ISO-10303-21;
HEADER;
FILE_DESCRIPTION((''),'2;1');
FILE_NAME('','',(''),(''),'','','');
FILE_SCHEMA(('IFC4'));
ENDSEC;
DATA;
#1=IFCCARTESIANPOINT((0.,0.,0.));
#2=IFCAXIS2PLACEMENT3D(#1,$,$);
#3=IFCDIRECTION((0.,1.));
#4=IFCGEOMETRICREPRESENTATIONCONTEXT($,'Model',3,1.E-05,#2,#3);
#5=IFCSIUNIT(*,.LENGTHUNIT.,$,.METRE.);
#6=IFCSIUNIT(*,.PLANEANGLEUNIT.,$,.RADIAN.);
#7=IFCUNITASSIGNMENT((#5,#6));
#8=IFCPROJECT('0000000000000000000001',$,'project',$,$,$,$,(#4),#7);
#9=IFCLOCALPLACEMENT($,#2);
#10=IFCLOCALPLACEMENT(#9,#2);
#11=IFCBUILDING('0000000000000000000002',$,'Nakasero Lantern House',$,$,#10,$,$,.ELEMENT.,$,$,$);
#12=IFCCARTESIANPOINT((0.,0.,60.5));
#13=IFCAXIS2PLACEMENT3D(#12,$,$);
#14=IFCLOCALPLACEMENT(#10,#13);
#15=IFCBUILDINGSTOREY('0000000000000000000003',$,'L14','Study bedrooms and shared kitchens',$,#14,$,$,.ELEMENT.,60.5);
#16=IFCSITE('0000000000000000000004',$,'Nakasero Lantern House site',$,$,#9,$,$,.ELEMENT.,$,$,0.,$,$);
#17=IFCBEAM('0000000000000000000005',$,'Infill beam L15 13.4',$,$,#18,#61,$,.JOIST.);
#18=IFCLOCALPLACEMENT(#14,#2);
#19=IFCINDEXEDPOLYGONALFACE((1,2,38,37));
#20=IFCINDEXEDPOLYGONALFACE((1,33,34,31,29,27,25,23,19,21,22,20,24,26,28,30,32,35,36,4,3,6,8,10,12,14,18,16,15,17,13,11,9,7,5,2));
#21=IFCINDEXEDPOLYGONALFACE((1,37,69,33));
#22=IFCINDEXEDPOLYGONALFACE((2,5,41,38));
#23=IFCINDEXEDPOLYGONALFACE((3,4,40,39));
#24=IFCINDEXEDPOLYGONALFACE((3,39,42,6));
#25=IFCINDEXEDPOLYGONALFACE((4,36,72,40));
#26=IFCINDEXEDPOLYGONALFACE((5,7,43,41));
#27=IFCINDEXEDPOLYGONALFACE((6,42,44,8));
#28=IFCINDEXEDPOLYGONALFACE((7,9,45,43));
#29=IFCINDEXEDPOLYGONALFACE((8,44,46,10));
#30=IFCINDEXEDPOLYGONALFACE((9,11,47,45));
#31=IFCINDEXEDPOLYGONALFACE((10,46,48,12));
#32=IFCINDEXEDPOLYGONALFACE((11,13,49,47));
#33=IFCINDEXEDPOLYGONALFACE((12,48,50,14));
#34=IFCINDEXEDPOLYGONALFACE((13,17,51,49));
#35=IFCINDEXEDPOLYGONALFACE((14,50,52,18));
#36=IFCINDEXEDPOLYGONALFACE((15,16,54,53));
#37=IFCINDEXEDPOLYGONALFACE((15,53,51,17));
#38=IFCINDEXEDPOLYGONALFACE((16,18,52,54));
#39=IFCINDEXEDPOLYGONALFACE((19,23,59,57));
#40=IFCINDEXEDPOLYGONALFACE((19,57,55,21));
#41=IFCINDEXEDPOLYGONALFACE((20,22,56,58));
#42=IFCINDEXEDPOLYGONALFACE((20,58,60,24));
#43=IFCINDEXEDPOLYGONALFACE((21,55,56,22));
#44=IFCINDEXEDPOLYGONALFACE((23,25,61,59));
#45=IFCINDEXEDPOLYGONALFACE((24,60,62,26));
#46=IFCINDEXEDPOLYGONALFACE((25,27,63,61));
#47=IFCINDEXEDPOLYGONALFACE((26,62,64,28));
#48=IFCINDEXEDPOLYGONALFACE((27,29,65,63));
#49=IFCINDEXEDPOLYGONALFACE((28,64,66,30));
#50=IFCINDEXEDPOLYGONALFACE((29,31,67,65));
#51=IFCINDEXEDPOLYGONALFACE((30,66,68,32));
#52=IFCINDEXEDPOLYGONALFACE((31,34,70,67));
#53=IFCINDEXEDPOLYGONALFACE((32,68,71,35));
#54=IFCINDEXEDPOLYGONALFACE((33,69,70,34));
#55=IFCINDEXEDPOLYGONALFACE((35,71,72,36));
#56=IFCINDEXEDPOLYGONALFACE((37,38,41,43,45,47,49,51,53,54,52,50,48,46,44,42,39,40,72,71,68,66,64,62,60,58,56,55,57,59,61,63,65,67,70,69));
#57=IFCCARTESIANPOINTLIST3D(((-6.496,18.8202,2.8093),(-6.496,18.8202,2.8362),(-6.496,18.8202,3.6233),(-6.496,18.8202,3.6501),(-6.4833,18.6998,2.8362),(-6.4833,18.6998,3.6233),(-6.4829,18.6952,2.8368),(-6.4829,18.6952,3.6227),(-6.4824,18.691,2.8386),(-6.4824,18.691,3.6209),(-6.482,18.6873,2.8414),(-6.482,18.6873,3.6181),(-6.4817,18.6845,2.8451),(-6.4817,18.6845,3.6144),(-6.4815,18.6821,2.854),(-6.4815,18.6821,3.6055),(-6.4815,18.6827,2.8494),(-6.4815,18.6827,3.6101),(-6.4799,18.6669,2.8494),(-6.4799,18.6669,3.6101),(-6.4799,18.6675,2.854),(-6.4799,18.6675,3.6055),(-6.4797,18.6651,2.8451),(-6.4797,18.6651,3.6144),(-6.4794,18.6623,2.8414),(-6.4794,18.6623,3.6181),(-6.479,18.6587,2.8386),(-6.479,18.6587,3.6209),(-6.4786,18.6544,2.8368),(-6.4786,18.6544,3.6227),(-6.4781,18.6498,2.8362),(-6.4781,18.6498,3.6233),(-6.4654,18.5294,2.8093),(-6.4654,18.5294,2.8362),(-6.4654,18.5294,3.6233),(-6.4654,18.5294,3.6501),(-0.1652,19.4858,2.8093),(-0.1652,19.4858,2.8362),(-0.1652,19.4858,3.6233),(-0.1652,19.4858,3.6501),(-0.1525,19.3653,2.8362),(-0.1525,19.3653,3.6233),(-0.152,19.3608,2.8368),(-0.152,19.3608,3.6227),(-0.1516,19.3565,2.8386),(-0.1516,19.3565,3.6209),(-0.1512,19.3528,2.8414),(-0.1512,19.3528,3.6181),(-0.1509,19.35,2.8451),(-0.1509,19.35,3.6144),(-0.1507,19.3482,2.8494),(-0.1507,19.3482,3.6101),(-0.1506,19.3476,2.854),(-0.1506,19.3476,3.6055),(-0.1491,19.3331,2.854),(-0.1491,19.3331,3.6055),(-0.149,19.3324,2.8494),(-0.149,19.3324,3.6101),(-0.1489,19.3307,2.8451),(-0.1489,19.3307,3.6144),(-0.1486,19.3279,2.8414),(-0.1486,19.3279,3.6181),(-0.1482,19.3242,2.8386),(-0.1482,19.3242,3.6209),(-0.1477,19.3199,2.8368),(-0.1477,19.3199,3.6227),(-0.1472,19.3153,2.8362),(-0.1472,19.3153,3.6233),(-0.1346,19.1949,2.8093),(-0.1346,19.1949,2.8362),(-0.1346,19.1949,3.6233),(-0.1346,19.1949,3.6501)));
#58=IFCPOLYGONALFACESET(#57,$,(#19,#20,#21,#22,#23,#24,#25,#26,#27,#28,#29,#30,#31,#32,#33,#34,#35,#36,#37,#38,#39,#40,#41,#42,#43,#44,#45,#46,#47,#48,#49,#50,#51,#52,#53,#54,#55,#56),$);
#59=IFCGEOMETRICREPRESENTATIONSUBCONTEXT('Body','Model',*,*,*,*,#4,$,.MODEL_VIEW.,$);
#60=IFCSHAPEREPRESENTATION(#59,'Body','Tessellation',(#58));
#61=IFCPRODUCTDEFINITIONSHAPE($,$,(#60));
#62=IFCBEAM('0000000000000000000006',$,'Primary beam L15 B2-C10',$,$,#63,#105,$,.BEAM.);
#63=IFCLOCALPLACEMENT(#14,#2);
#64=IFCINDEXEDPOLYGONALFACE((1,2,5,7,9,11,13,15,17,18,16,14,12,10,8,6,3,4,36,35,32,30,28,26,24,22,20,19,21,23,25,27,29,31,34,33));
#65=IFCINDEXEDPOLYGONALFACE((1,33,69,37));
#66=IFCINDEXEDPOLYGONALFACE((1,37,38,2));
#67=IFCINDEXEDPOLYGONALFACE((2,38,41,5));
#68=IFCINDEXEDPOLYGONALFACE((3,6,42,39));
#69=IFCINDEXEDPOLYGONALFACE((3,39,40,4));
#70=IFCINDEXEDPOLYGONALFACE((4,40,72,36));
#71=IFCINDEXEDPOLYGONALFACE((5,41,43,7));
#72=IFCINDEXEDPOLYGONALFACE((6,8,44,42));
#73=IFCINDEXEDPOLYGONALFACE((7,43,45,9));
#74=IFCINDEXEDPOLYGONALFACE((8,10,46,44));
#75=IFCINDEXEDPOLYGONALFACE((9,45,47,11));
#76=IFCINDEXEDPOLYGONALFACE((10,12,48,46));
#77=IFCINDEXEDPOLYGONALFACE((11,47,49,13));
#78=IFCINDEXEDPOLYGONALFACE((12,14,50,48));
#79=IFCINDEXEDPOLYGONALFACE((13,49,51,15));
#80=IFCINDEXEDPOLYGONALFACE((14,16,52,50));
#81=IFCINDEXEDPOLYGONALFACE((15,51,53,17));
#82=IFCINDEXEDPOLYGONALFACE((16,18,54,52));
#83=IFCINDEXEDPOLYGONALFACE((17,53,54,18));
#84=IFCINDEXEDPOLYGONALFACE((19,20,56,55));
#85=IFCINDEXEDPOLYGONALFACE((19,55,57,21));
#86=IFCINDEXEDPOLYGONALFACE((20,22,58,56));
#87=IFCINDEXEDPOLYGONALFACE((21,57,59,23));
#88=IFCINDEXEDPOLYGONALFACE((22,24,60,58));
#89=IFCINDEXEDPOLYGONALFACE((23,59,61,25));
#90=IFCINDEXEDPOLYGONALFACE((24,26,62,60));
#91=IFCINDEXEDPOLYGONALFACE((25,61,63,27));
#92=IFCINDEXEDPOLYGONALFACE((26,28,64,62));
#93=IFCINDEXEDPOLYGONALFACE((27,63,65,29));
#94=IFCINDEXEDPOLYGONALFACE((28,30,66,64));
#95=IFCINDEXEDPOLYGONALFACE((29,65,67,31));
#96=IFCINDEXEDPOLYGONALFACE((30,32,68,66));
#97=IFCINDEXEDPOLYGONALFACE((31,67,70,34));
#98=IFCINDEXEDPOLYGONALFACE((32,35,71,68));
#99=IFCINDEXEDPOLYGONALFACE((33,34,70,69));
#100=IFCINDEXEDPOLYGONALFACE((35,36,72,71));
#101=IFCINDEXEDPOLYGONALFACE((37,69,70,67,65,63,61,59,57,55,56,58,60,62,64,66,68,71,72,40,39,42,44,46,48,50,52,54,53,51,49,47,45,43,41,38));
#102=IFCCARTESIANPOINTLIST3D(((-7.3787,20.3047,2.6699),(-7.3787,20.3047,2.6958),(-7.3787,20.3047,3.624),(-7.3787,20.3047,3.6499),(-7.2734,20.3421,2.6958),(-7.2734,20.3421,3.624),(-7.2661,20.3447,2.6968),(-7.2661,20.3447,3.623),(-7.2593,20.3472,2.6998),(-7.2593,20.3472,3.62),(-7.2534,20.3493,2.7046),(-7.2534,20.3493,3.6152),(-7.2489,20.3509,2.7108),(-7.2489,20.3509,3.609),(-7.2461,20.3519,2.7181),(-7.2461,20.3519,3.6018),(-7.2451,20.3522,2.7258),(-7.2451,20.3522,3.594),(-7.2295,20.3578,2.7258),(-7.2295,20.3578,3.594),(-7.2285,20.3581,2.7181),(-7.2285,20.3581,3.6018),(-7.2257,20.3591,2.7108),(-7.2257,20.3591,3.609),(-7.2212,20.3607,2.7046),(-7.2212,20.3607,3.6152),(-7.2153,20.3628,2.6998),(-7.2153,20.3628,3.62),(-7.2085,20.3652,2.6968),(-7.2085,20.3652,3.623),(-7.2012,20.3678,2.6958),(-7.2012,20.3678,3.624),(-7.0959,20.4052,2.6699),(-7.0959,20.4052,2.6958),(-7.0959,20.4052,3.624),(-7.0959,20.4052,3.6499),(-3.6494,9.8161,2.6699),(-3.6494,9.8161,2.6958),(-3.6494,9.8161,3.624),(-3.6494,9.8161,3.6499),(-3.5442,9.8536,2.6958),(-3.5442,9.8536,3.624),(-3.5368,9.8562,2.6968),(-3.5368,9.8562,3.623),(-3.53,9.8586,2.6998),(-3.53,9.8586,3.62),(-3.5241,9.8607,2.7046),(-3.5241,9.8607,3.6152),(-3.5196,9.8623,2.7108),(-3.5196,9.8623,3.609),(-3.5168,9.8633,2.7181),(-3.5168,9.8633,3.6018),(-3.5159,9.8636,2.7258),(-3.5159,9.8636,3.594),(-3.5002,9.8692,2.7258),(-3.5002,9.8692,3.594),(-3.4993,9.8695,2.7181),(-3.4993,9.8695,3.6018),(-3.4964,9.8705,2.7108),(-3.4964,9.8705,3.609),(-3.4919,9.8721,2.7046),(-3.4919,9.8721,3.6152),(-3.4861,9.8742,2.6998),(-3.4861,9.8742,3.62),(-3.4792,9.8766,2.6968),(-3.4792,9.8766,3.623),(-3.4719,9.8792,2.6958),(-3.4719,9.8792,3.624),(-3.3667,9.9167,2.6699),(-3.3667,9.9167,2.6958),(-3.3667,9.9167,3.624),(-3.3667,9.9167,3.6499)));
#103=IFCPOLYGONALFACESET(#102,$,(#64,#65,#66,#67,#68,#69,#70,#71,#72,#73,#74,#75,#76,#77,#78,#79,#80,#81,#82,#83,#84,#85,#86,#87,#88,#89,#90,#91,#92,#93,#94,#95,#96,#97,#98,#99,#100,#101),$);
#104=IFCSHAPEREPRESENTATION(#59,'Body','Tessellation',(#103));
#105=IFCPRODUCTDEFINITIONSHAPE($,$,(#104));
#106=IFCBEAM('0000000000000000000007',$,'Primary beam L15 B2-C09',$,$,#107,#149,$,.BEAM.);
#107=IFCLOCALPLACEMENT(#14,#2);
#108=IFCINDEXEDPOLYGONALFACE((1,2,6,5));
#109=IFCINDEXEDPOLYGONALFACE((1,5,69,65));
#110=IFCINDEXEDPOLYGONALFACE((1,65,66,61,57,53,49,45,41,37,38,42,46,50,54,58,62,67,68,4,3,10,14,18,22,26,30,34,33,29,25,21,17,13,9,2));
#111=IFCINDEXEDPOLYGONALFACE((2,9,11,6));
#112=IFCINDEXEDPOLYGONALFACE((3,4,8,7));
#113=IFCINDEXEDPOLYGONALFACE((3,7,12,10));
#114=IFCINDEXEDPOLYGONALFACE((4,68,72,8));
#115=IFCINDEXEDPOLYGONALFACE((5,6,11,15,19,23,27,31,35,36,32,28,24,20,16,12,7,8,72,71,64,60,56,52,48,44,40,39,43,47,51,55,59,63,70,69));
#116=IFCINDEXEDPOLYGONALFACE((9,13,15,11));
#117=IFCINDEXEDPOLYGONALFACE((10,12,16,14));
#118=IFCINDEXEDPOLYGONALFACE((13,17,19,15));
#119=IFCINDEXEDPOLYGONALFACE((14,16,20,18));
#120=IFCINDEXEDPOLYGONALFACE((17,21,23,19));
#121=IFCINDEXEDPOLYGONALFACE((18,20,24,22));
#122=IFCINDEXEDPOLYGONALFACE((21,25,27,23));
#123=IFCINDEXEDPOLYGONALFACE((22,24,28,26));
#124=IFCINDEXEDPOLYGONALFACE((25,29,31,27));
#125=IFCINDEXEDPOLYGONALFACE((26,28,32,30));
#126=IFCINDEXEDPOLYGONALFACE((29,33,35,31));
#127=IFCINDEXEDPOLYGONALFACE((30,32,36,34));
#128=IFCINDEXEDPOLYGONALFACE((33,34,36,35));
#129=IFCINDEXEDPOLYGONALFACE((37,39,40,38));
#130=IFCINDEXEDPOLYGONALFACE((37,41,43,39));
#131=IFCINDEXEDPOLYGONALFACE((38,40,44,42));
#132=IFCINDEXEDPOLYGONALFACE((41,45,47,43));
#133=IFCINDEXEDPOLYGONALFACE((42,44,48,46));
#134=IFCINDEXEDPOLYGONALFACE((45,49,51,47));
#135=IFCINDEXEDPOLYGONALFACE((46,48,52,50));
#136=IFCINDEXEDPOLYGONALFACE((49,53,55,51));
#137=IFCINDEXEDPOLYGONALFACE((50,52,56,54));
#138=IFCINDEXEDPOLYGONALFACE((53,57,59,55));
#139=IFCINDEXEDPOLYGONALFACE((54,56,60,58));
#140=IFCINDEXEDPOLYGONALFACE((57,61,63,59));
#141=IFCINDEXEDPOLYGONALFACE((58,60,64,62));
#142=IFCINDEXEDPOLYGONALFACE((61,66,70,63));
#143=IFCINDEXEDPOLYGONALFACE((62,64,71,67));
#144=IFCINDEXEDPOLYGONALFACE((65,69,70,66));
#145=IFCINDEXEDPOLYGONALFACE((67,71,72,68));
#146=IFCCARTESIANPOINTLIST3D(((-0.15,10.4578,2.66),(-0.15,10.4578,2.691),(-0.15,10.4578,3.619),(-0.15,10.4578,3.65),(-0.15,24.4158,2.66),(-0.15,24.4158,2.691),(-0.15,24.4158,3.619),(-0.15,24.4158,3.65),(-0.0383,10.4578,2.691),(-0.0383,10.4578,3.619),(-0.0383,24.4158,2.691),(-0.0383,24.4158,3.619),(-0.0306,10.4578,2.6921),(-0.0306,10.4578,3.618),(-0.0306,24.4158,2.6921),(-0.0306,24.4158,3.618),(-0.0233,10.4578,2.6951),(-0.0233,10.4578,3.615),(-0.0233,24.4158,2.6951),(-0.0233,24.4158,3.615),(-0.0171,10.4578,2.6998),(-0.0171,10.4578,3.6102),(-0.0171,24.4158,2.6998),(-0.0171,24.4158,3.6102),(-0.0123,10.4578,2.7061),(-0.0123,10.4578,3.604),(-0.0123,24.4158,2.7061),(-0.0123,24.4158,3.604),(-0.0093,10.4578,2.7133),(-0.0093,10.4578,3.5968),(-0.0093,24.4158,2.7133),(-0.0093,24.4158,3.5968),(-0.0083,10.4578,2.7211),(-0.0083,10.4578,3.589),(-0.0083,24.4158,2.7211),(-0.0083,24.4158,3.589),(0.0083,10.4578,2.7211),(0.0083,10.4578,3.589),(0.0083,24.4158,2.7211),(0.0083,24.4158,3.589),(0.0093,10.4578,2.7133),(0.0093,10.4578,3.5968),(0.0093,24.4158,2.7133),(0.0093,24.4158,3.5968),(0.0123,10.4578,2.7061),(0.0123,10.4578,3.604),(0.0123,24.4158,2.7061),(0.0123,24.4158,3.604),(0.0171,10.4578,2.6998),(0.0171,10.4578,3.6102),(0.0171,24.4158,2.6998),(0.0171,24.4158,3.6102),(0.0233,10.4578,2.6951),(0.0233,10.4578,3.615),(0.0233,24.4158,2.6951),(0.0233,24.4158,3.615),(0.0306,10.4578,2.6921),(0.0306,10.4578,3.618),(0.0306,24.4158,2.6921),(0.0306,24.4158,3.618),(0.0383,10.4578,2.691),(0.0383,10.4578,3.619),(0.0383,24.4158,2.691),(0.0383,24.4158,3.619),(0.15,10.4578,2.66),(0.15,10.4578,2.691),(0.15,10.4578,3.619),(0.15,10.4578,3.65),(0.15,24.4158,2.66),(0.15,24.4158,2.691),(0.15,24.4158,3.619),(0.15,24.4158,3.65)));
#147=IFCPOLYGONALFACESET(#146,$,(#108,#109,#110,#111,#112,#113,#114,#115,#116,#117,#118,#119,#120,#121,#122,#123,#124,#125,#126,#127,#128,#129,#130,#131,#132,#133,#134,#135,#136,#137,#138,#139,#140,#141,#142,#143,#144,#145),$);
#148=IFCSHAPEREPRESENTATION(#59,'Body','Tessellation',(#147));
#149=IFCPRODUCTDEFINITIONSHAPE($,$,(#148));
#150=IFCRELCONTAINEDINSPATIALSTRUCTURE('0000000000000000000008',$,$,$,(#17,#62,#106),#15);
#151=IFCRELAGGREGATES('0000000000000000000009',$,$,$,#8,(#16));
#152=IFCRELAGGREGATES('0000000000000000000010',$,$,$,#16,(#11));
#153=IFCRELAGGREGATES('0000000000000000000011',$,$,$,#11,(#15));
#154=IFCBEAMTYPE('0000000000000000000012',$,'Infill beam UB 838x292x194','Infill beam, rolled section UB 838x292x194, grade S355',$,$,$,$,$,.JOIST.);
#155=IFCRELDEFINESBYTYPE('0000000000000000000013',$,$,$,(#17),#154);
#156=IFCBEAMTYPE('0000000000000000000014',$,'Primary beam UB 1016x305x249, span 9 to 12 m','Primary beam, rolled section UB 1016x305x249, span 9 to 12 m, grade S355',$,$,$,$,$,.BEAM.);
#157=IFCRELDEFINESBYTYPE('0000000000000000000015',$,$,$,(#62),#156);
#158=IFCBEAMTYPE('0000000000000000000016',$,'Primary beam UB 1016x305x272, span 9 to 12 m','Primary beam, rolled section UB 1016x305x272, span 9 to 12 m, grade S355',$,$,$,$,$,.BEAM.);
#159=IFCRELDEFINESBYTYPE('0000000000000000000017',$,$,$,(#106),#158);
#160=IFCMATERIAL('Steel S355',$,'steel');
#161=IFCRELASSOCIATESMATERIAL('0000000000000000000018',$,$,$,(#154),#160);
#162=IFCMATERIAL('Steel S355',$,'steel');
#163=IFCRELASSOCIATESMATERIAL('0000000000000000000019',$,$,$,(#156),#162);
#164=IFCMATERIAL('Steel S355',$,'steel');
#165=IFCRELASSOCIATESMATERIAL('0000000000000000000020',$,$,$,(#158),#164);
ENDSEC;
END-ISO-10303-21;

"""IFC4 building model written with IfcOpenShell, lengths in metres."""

from ifc_helpers import new_model, si_unit, direction, frame, origin, origin_2d, place, context, subcontext, project, spatial, i_section, extrude, material, material_profile, profile_set, type_object, element, save


model = new_model("IFC4")

# Units and contexts
model_context = context("Model", 3, precision=1e-05, world=origin(), true_north=direction((0.0, 1.0)))
body_context = subcontext(model_context, "Body", "Model", "MODEL_VIEW")
ifc_project = project(units=[si_unit("LENGTHUNIT", "METRE"), si_unit("PLANEANGLEUNIT", "RADIAN")], contexts=[model_context])

# Site, building, storey
site_placement = place(None, origin())
site = spatial("IfcSite", under=ifc_project, at=site_placement, Name="Nakasero Lantern House site", CompositionType="ELEMENT", RefElevation=0.0)
building_placement = place(site_placement, origin())
building = spatial("IfcBuilding", under=site, at=building_placement, Name="Nakasero Lantern House", CompositionType="ELEMENT")
storey_placement = place(building_placement, frame((0.0, 0.0, 60.5)))
storey = spatial("IfcBuildingStorey", under=building, at=storey_placement, Name="L14", Description="Study bedrooms and shared kitchens", CompositionType="ELEMENT", Elevation=60.5)

# Beams
ifc_material_1 = material(Name="Steel S355", Category="steel")
ifc_material_profile_1 = material_profile(ifc_material_1, i_section(OverallWidth=0.2925, OverallDepth=0.8408, WebThickness=0.0146, FlangeThickness=0.0269, FilletRadius=0.0178, at=origin_2d()), Name="UB 838x292x194")
ifc_profile_set_1 = profile_set([ifc_material_profile_1], Name="Steel S355")
beam_type_1 = type_object("IfcBeamType", Name="Infill beam UB 838x292x194", Description="Infill beam, rolled section UB 838x292x194, grade S355", PredefinedType="JOIST", material=ifc_profile_set_1)
beam_1_placement = place(storey_placement, frame((-6.4807, 18.6748, 3.2297), z_axis=(0.99452, 0.104549, 0.0), x_axis=(-0.104549, 0.99452, 0.0)))
element("IfcBeam", 1, at=beam_1_placement, inside=storey, type_object=beam_type_1, Name="Infill beam L15 13.4", PredefinedType="JOIST", context=body_context, shape_type="SweptSolid", body=[
    extrude(i_section(OverallWidth=0.2925, OverallDepth=0.8408, WebThickness=0.0146, FlangeThickness=0.0269, FilletRadius=0.0178, at=origin_2d()), origin(), (0.0, 0.0, 1.0), 6.3657),
])
ifc_material_2 = material(Name="Steel S355", Category="steel")
ifc_material_profile_2 = material_profile(ifc_material_2, i_section(OverallWidth=0.3, OverallDepth=0.98, WebThickness=0.0166, FlangeThickness=0.0259, FilletRadius=0.03, at=origin_2d()), Name="UB 1016x305x249")
ifc_profile_set_2 = profile_set([ifc_material_profile_2], Name="Steel S355")
beam_type_2 = type_object("IfcBeamType", Name="Primary beam UB 1016x305x249, span 9 to 12 m", Description="Primary beam, rolled section UB 1016x305x249, span 9 to 12 m, grade S355", PredefinedType="BEAM", material=ifc_profile_set_2)
beam_2_placement = place(storey_placement, frame((-7.2373, 20.355, 3.1599), z_axis=(0.335009, -0.942215, 0.0), x_axis=(0.942215, 0.335009, 0.0)))
element("IfcBeam", 2, at=beam_2_placement, inside=storey, type_object=beam_type_2, Name="Primary beam L15 B2-C10", PredefinedType="BEAM", context=body_context, shape_type="SweptSolid", body=[
    extrude(i_section(OverallWidth=0.3, OverallDepth=0.98, WebThickness=0.0166, FlangeThickness=0.0259, FilletRadius=0.03, at=origin_2d()), origin(), (0.0, 0.0, 1.0), 11.1318),
])
ifc_material_3 = material(Name="Steel S355", Category="steel")
ifc_material_profile_3 = material_profile(ifc_material_3, i_section(OverallWidth=0.3, OverallDepth=0.99, WebThickness=0.0166, FlangeThickness=0.031, FilletRadius=0.03, at=origin_2d()), Name="UB 1016x305x272")
ifc_profile_set_3 = profile_set([ifc_material_profile_3], Name="Steel S355")
beam_type_3 = type_object("IfcBeamType", Name="Primary beam UB 1016x305x272, span 9 to 12 m", Description="Primary beam, rolled section UB 1016x305x272, span 9 to 12 m, grade S355", PredefinedType="BEAM", material=ifc_profile_set_3)
beam_3_placement = place(storey_placement, frame((0.0, 24.4158, 3.155), z_axis=(0.0, -1.0, 0.0), x_axis=(1.0, 0.0, 0.0)))
element("IfcBeam", 3, at=beam_3_placement, inside=storey, type_object=beam_type_3, Name="Primary beam L15 B2-C09", PredefinedType="BEAM", context=body_context, shape_type="SweptSolid", body=[
    extrude(i_section(OverallWidth=0.3, OverallDepth=0.99, WebThickness=0.0166, FlangeThickness=0.031, FilletRadius=0.03, at=origin_2d()), origin(), (0.0, 0.0, 1.0), 13.958),
])

save(model, "model.ifc")
